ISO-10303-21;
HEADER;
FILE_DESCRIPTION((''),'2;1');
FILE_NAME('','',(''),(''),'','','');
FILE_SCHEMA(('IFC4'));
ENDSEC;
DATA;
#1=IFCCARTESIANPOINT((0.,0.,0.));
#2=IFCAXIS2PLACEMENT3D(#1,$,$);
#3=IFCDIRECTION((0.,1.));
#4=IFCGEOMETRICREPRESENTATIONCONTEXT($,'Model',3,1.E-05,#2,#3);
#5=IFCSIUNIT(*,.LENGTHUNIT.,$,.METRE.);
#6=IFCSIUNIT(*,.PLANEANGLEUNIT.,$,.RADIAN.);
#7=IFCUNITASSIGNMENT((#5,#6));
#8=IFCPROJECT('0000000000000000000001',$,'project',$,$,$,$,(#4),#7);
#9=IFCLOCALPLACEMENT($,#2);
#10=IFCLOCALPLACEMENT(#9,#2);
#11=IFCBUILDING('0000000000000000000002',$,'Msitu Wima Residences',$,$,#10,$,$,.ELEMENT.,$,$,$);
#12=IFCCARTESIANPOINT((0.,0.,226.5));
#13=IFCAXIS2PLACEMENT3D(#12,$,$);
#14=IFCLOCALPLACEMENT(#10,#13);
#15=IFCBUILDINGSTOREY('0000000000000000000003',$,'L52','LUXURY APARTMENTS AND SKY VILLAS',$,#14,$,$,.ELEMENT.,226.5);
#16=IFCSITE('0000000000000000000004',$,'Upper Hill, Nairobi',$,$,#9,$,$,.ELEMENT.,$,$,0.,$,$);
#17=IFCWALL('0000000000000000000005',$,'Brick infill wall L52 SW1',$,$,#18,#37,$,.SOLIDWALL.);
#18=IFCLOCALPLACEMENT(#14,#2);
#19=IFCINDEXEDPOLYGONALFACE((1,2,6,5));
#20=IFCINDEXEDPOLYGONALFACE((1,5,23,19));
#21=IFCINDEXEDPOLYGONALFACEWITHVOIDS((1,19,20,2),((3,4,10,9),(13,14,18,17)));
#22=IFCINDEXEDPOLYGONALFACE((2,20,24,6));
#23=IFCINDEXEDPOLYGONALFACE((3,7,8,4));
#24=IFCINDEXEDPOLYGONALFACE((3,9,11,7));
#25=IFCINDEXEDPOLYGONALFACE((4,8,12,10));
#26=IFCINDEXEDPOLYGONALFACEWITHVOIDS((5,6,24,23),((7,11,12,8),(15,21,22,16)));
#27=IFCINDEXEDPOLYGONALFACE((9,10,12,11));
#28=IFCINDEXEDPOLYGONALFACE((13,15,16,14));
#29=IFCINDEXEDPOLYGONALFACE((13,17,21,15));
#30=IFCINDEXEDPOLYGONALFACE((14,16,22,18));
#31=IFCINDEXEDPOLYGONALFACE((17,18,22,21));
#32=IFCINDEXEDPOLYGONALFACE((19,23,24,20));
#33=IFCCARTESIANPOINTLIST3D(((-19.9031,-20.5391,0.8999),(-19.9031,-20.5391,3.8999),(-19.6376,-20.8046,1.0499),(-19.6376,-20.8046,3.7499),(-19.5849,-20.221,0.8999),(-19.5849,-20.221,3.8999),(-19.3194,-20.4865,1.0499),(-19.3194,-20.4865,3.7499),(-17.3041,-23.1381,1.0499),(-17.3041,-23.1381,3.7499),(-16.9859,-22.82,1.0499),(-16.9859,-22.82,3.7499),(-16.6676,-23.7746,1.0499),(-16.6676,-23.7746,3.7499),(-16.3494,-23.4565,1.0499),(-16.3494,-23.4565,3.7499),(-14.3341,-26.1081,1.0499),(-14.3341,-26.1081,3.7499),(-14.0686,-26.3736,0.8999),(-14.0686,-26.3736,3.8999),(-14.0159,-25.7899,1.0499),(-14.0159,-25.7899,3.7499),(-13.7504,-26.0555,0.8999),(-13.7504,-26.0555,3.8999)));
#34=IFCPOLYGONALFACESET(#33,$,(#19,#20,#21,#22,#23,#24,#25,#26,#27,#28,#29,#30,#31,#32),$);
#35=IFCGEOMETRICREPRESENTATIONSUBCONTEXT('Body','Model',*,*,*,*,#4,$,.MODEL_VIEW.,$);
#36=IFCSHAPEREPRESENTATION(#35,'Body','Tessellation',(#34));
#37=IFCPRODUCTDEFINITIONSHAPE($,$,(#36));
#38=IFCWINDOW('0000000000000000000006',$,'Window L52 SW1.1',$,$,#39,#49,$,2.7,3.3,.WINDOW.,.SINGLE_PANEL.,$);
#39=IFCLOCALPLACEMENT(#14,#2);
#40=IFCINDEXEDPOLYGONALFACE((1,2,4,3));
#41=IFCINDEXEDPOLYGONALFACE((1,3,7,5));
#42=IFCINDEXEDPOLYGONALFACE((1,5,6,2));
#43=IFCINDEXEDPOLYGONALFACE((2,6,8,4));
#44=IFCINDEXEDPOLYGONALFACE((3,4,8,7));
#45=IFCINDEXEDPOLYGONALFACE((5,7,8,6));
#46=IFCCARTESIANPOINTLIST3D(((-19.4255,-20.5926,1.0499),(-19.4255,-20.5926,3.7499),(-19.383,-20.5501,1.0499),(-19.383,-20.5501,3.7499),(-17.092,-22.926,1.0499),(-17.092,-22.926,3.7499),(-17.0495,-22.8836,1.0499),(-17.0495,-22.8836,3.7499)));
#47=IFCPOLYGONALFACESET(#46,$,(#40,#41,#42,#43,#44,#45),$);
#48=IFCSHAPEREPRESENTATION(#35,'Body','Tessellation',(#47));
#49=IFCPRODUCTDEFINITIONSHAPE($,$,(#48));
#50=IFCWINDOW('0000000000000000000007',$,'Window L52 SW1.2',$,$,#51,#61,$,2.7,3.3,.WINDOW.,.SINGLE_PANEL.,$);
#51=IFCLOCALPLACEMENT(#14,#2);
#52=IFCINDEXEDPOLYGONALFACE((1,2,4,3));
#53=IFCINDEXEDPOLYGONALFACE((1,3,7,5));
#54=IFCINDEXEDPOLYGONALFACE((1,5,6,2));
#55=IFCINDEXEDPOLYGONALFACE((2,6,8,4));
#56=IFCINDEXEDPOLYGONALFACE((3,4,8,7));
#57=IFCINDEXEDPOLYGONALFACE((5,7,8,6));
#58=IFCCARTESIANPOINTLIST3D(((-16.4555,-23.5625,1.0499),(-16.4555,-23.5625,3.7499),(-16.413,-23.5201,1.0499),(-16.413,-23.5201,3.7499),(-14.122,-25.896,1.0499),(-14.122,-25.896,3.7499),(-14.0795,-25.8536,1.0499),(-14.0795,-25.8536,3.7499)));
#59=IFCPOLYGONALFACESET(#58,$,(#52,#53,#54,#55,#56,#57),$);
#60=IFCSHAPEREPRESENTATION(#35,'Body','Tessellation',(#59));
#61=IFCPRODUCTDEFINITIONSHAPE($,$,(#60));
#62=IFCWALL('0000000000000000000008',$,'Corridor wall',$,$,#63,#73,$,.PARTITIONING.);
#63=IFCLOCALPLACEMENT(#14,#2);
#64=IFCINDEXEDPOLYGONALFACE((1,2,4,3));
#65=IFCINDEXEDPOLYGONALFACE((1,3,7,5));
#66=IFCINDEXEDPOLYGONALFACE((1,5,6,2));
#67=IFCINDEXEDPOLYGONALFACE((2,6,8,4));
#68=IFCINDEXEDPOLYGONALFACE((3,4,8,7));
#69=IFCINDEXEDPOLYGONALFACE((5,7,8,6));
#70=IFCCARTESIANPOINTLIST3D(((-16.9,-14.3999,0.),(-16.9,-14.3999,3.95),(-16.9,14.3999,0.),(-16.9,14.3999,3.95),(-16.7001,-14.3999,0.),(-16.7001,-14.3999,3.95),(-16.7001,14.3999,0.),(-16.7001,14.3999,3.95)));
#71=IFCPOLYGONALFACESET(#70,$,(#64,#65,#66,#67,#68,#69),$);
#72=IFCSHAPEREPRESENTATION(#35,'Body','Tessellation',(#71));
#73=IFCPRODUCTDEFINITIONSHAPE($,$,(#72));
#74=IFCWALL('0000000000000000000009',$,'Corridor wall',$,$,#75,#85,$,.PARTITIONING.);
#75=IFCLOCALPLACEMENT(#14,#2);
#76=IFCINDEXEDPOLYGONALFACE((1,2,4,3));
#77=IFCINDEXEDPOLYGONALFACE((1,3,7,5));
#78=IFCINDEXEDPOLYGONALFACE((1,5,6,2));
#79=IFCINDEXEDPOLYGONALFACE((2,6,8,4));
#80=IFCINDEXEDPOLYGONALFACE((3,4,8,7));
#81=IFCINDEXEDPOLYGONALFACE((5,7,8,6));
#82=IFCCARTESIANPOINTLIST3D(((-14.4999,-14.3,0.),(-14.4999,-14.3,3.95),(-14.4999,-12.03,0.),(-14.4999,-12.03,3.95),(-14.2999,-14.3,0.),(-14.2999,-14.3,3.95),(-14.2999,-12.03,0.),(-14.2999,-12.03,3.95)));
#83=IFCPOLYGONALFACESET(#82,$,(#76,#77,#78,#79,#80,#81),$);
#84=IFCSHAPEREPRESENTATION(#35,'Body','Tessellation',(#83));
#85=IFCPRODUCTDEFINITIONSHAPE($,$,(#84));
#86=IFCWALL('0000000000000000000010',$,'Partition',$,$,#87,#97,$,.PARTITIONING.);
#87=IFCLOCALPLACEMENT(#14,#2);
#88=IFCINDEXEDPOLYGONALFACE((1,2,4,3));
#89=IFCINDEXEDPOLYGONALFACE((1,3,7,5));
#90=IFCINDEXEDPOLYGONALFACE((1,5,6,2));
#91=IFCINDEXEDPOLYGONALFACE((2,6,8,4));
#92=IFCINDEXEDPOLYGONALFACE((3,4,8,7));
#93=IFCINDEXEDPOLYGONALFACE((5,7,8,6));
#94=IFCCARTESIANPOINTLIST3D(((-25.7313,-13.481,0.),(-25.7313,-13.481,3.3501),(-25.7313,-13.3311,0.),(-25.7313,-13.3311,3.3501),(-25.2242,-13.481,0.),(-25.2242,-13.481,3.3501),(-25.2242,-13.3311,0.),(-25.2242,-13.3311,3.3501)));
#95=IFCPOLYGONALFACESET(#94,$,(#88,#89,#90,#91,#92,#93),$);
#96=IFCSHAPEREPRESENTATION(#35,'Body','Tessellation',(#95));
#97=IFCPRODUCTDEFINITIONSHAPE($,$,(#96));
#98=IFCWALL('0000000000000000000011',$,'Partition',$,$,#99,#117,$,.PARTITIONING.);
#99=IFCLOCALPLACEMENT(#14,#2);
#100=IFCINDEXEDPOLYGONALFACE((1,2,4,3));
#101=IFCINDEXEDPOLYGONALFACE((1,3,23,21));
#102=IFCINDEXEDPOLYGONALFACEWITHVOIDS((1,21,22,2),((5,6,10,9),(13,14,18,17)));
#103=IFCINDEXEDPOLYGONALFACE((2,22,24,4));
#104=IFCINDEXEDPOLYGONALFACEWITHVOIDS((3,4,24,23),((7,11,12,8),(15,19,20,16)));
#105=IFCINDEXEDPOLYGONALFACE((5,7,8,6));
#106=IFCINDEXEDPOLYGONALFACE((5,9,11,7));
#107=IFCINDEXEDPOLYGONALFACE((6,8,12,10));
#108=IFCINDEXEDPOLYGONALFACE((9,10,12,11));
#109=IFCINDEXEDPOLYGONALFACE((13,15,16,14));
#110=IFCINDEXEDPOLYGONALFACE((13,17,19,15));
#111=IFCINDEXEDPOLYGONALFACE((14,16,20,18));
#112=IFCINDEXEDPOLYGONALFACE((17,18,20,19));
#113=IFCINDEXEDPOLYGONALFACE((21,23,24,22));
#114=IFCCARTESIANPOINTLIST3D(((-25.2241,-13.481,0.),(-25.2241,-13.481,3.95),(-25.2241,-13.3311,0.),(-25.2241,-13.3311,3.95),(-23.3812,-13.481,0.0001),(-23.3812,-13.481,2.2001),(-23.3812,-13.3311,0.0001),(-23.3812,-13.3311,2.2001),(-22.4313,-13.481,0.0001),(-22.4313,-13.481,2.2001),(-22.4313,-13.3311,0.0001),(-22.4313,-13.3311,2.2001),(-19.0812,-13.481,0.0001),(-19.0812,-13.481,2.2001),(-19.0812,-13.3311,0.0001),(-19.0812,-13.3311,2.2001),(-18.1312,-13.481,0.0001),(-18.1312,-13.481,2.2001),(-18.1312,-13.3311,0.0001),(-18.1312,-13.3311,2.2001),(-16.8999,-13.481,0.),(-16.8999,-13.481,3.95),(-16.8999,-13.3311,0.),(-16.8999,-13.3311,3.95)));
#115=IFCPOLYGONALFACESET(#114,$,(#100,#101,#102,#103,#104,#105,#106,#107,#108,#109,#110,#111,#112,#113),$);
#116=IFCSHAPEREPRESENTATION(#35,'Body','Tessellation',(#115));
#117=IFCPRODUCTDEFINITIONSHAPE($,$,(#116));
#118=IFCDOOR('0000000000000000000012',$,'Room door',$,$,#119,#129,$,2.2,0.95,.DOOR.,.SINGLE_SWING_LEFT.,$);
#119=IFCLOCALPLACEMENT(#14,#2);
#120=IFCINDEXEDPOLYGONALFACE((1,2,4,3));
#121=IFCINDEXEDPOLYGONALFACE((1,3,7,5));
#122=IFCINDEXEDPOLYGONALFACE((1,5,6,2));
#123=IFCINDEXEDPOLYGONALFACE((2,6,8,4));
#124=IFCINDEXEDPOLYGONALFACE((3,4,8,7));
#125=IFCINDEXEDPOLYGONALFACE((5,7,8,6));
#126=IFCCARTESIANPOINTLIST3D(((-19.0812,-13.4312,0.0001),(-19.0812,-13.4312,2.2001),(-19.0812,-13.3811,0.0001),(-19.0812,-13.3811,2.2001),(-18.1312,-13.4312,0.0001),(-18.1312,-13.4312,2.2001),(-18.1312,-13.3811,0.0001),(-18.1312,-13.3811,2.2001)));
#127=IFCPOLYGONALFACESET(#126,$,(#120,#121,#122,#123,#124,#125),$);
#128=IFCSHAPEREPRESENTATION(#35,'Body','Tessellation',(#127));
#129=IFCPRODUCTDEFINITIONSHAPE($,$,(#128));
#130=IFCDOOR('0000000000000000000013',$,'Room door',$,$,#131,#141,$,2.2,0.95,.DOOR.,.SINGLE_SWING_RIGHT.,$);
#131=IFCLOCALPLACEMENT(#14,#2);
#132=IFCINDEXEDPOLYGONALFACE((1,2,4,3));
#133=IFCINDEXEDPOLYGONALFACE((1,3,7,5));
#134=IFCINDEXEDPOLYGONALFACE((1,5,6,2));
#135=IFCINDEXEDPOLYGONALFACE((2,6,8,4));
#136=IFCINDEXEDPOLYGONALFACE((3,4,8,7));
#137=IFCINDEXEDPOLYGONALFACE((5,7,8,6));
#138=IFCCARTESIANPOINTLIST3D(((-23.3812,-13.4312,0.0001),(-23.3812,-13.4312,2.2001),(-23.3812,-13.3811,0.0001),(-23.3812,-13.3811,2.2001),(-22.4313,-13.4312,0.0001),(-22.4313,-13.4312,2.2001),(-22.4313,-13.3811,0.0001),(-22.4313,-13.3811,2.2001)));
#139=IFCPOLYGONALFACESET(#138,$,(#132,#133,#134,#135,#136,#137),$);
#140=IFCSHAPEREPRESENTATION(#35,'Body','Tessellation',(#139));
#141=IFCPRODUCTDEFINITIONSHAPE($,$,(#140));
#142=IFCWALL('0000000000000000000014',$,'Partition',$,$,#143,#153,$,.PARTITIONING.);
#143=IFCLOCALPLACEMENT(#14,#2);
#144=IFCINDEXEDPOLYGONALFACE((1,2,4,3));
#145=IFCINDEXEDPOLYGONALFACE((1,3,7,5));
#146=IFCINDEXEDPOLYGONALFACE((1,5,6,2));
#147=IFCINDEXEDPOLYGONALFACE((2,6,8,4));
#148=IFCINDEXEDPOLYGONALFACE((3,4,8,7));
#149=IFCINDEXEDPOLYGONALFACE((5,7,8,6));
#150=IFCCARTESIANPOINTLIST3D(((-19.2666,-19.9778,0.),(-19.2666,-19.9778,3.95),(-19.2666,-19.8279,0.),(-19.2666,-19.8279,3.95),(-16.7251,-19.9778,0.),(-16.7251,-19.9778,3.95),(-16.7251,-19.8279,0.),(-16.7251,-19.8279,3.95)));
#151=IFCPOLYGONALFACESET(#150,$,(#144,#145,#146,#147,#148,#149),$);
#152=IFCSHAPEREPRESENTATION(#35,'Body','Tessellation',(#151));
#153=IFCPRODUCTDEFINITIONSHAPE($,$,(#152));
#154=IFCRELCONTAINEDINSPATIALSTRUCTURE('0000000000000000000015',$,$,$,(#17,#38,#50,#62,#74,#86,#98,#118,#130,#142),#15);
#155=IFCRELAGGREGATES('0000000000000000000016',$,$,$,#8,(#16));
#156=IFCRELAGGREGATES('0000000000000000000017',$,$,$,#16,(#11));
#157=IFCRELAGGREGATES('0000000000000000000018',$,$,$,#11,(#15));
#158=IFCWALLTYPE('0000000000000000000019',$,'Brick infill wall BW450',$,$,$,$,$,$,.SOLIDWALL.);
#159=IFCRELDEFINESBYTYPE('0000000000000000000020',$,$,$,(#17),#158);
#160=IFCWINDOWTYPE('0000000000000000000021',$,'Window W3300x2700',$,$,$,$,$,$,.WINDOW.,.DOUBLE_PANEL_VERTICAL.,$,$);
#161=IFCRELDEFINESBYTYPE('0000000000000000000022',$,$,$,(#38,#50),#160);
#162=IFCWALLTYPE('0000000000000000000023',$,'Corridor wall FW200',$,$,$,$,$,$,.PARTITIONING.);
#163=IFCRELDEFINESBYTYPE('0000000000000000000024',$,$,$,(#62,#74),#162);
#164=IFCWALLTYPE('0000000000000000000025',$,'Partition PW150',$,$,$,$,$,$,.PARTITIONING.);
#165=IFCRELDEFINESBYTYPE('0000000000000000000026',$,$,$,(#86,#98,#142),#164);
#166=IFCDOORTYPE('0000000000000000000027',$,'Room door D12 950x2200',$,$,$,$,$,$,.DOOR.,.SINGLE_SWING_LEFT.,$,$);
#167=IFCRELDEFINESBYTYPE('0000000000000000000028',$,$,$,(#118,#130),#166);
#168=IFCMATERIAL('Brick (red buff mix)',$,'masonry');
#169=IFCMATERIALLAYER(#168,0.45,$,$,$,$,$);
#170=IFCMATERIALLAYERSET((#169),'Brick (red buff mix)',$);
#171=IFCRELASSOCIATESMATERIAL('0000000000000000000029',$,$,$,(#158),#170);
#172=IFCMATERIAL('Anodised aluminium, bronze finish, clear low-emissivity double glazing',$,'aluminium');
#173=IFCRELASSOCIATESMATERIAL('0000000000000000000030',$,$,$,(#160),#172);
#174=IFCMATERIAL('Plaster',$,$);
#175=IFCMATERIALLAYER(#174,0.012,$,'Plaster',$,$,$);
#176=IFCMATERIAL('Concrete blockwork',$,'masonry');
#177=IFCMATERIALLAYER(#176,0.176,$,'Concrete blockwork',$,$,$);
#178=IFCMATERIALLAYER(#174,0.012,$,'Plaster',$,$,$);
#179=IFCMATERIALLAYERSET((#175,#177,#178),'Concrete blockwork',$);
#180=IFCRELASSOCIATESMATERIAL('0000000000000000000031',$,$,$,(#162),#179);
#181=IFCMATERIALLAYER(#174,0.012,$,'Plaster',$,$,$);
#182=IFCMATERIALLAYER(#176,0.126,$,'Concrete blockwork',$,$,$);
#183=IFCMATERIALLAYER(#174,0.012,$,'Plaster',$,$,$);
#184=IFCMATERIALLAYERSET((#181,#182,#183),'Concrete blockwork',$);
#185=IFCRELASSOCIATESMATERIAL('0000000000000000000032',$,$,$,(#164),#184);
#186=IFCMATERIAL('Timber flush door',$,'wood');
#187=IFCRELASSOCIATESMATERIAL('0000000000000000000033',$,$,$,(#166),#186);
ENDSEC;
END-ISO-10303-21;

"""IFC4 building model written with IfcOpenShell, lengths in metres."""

from ifc_helpers import new_model, si_unit, direction, frame, frame_2d, origin, place, context, subcontext, project, spatial, rectangle, extrude, material, layer, layer_set, type_object, element, fill, save


model = new_model("IFC4")

# Units and contexts
model_context = context("Model", 3, precision=1e-05, world=origin(), true_north=direction((0.0, 1.0)))
body_context = subcontext(model_context, "Body", "Model", "MODEL_VIEW")
ifc_project = project(units=[si_unit("LENGTHUNIT", "METRE"), si_unit("PLANEANGLEUNIT", "RADIAN")], contexts=[model_context])

# Site, building, storey
site_placement = place(None, origin())
site = spatial("IfcSite", under=ifc_project, at=site_placement, Name="Upper Hill, Nairobi", CompositionType="ELEMENT", RefElevation=0.0)
building_placement = place(site_placement, origin())
building = spatial("IfcBuilding", under=site, at=building_placement, Name="Msitu Wima Residences", CompositionType="ELEMENT")
storey_placement = place(building_placement, frame((0.0, 0.0, 226.5)))
storey = spatial("IfcBuildingStorey", under=building, at=storey_placement, Name="L52", Description="LUXURY APARTMENTS AND SKY VILLAS", CompositionType="ELEMENT", Elevation=226.5)

# Wall, openings, windows
ifc_material_1 = material(Name="Brick (red buff mix)", Category="masonry")
ifc_layer_1 = layer(ifc_material_1, 0.45)
ifc_layer_set_1 = layer_set([ifc_layer_1], Name="Brick (red buff mix)")
wall_type_1 = type_object("IfcWallType", Name="Brick infill wall BW450", PredefinedType="SOLIDWALL", material=ifc_layer_set_1)
ifc_material_2 = material(Name="Anodised aluminium, bronze finish, clear low-emissivity double glazing", Category="aluminium")
window_type = type_object("IfcWindowType", Name="Window W3300x2700", PartitioningType="DOUBLE_PANEL_VERTICAL", PredefinedType="WINDOW", material=ifc_material_2)
wall_1_placement = place(storey_placement, frame((-19.7439, -20.3801, 0.8999), z_axis=(0.0, 0.0, 1.0), x_axis=(0.707107, -0.707107, 0.0)))
wall_1 = element("IfcWall", 1, at=wall_1_placement, inside=storey, type_object=wall_type_1, Name="Brick infill wall L52 SW1", PredefinedType="SOLIDWALL", context=body_context, shape_type="SweptSolid", body=[
    extrude(rectangle(XDim=8.2512, YDim=0.45, at=frame_2d((4.1255, 0.0))), origin(), (0.0, 0.0, 1.0), 3.0),
])
opening_1_placement = place(wall_1_placement, frame((0.3755, 0.0, 0.1499)))
opening_1 = element("IfcOpeningElement", 2, at=opening_1_placement, cuts=wall_1, PredefinedType="OPENING", context=body_context, shape_type="SweptSolid", body=[
    extrude(rectangle(XDim=3.3, YDim=2.7, at=frame_2d((1.6499, 1.3501))), frame((0.0, 0.2349, 0.0), z_axis=(0.0, -1.0, 0.0), x_axis=(1.0, 0.0, 0.0)), (0.0, 0.0, 1.0), 0.47),
])
opening_2_placement = place(wall_1_placement, frame((4.5757, 0.0, 0.1499)))
opening_2 = element("IfcOpeningElement", 3, at=opening_2_placement, cuts=wall_1, PredefinedType="OPENING", context=body_context, shape_type="SweptSolid", body=[
    extrude(rectangle(XDim=3.3, YDim=2.7, at=frame_2d((1.6499, 1.3501))), frame((0.0, 0.2349, 0.0), z_axis=(0.0, -1.0, 0.0), x_axis=(1.0, 0.0, 0.0)), (0.0, 0.0, 1.0), 0.47),
])
window_1_placement = place(opening_1_placement, origin())
window_1 = element("IfcWindow", 4, at=window_1_placement, inside=storey, type_object=window_type, Name="Window L52 SW1.1", OverallHeight=2.7, OverallWidth=3.3, PartitioningType="SINGLE_PANEL", PredefinedType="WINDOW", context=body_context, shape_type="SweptSolid", body=[
    extrude(rectangle(XDim=3.3, YDim=2.7, at=frame_2d((1.6499, 1.3501))), frame((0.0, 0.135, 0.0), z_axis=(0.0, -1.0, 0.0), x_axis=(1.0, 0.0, 0.0)), (0.0, 0.0, 1.0), 0.0601),
])
fill(opening_1, window_1)
window_2_placement = place(opening_2_placement, origin())
window_2 = element("IfcWindow", 5, at=window_2_placement, inside=storey, type_object=window_type, Name="Window L52 SW1.2", OverallHeight=2.7, OverallWidth=3.3, PartitioningType="SINGLE_PANEL", PredefinedType="WINDOW", context=body_context, shape_type="SweptSolid", body=[
    extrude(rectangle(XDim=3.3, YDim=2.7, at=frame_2d((1.6499, 1.3501))), frame((0.0, 0.135, 0.0), z_axis=(0.0, -1.0, 0.0), x_axis=(1.0, 0.0, 0.0)), (0.0, 0.0, 1.0), 0.0601),
])
fill(opening_2, window_2)

# Wall
ifc_material_3 = material(Name="Plaster")
ifc_layer_2 = layer(ifc_material_3, 0.012, Name="Plaster")
ifc_material_4 = material(Name="Concrete blockwork", Category="masonry")
ifc_layer_3 = layer(ifc_material_4, 0.176, Name="Concrete blockwork")
ifc_layer_4 = layer(ifc_material_3, 0.012, Name="Plaster")
ifc_layer_set_2 = layer_set([ifc_layer_2, ifc_layer_3, ifc_layer_4], Name="Concrete blockwork")
wall_type_2 = type_object("IfcWallType", Name="Corridor wall FW200", PredefinedType="PARTITIONING", material=ifc_layer_set_2)
wall_2_placement = place(storey_placement, frame((-16.8, -14.3999, 0.0), z_axis=(0.0, 0.0, 1.0), x_axis=(0.0, 1.0, 0.0)))
element("IfcWall", 6, at=wall_2_placement, inside=storey, type_object=wall_type_2, Name="Corridor wall", PredefinedType="PARTITIONING", context=body_context, shape_type="SweptSolid", body=[
    extrude(rectangle(XDim=28.7998, YDim=0.2, at=frame_2d((14.3999, 0.0))), origin(), (0.0, 0.0, 1.0), 3.95),
])

# Walls
wall_3_placement = place(storey_placement, frame((-14.3999, -14.3, 0.0), z_axis=(0.0, 0.0, 1.0), x_axis=(0.0, 1.0, 0.0)))
element("IfcWall", 7, at=wall_3_placement, inside=storey, type_object=wall_type_2, Name="Corridor wall", PredefinedType="PARTITIONING", context=body_context, shape_type="SweptSolid", body=[
    extrude(rectangle(XDim=2.27, YDim=0.2, at=frame_2d((1.135, 0.0))), origin(), (0.0, 0.0, 1.0), 3.95),
])
ifc_layer_5 = layer(ifc_material_3, 0.012, Name="Plaster")
ifc_layer_6 = layer(ifc_material_4, 0.126, Name="Concrete blockwork")
ifc_layer_7 = layer(ifc_material_3, 0.012, Name="Plaster")
ifc_layer_set_3 = layer_set([ifc_layer_5, ifc_layer_6, ifc_layer_7], Name="Concrete blockwork")
wall_type_3 = type_object("IfcWallType", Name="Partition PW150", PredefinedType="PARTITIONING", material=ifc_layer_set_3)
wall_4_placement = place(storey_placement, frame((-25.7312, -13.406, 0.0), z_axis=(0.0, 0.0, 1.0), x_axis=(1.0, 0.0, 0.0)))
element("IfcWall", 8, at=wall_4_placement, inside=storey, type_object=wall_type_3, Name="Partition", PredefinedType="PARTITIONING", context=body_context, shape_type="SweptSolid", body=[
    extrude(rectangle(XDim=0.5071, YDim=0.1499, at=frame_2d((0.2534, 0.0))), origin(), (0.0, 0.0, 1.0), 3.3501),
])

# Wall, openings, doors
wall_5_placement = place(storey_placement, frame((-25.2241, -13.406, 0.0), z_axis=(0.0, 0.0, 1.0), x_axis=(1.0, 0.0, 0.0)))
wall_5 = element("IfcWall", 9, at=wall_5_placement, inside=storey, type_object=wall_type_3, Name="Partition", PredefinedType="PARTITIONING", context=body_context, shape_type="SweptSolid", body=[
    extrude(rectangle(XDim=8.3242, YDim=0.1499, at=frame_2d((4.1621, 0.0))), origin(), (0.0, 0.0, 1.0), 3.95),
])
opening_3_placement = place(wall_5_placement, frame((6.1428, 0.0, 0.0)))
opening_3 = element("IfcOpeningElement", 10, at=opening_3_placement, cuts=wall_5, PredefinedType="OPENING", context=body_context, shape_type="SweptSolid", body=[
    extrude(rectangle(XDim=0.95, YDim=2.2, at=frame_2d((0.4751, 1.1001))), frame((0.0, 0.085, 0.0), z_axis=(0.0, -1.0, 0.0), x_axis=(1.0, 0.0, 0.0)), (0.0, 0.0, 1.0), 0.1699),
])
opening_4_placement = place(wall_5_placement, frame((1.8428, 0.0, 0.0)))
opening_4 = element("IfcOpeningElement", 11, at=opening_4_placement, cuts=wall_5, PredefinedType="OPENING", context=body_context, shape_type="SweptSolid", body=[
    extrude(rectangle(XDim=0.95, YDim=2.2, at=frame_2d((0.4751, 1.1001))), frame((0.0, 0.085, 0.0), z_axis=(0.0, -1.0, 0.0), x_axis=(1.0, 0.0, 0.0)), (0.0, 0.0, 1.0), 0.1699),
])
ifc_material_5 = material(Name="Timber flush door", Category="wood")
door_type_1 = type_object("IfcDoorType", Name="Room door D12 950x2200", OperationType="SINGLE_SWING_LEFT", PredefinedType="DOOR", material=ifc_material_5)
door_1_placement = place(opening_3_placement, origin())
door_1 = element("IfcDoor", 12, at=door_1_placement, inside=storey, type_object=door_type_1, Name="Room door", OperationType="SINGLE_SWING_LEFT", OverallHeight=2.2, OverallWidth=0.95, PredefinedType="DOOR", context=body_context, shape_type="SweptSolid", body=[
    extrude(rectangle(XDim=0.95, YDim=2.2, at=frame_2d((0.4751, 1.1001))), frame((0.0, 0.0249, 0.0), z_axis=(0.0, -1.0, 0.0), x_axis=(1.0, 0.0, 0.0)), (0.0, 0.0, 1.0), 0.05),
])
fill(opening_3, door_1)
door_2_placement = place(opening_4_placement, origin())
door_2 = element("IfcDoor", 13, at=door_2_placement, inside=storey, type_object=door_type_1, Name="Room door", OperationType="SINGLE_SWING_RIGHT", OverallHeight=2.2, OverallWidth=0.95, PredefinedType="DOOR", context=body_context, shape_type="SweptSolid", body=[
    extrude(rectangle(XDim=0.95, YDim=2.2, at=frame_2d((0.4751, 1.1001))), frame((0.0, 0.0249, 0.0), z_axis=(0.0, -1.0, 0.0), x_axis=(1.0, 0.0, 0.0)), (0.0, 0.0, 1.0), 0.05),
])
fill(opening_4, door_2)

# Wall
wall_6_placement = place(storey_placement, frame((-19.2666, -19.9028, 0.0), z_axis=(0.0, 0.0, 1.0), x_axis=(1.0, 0.0, 0.0)))
element("IfcWall", 14, at=wall_6_placement, inside=storey, type_object=wall_type_3, Name="Partition", PredefinedType="PARTITIONING", context=body_context, shape_type="SweptSolid", body=[
    extrude(rectangle(XDim=2.5415, YDim=0.1499, at=frame_2d((1.2708, 0.0))), origin(), (0.0, 0.0, 1.0), 3.95),
])

save(model, "model.ifc")
